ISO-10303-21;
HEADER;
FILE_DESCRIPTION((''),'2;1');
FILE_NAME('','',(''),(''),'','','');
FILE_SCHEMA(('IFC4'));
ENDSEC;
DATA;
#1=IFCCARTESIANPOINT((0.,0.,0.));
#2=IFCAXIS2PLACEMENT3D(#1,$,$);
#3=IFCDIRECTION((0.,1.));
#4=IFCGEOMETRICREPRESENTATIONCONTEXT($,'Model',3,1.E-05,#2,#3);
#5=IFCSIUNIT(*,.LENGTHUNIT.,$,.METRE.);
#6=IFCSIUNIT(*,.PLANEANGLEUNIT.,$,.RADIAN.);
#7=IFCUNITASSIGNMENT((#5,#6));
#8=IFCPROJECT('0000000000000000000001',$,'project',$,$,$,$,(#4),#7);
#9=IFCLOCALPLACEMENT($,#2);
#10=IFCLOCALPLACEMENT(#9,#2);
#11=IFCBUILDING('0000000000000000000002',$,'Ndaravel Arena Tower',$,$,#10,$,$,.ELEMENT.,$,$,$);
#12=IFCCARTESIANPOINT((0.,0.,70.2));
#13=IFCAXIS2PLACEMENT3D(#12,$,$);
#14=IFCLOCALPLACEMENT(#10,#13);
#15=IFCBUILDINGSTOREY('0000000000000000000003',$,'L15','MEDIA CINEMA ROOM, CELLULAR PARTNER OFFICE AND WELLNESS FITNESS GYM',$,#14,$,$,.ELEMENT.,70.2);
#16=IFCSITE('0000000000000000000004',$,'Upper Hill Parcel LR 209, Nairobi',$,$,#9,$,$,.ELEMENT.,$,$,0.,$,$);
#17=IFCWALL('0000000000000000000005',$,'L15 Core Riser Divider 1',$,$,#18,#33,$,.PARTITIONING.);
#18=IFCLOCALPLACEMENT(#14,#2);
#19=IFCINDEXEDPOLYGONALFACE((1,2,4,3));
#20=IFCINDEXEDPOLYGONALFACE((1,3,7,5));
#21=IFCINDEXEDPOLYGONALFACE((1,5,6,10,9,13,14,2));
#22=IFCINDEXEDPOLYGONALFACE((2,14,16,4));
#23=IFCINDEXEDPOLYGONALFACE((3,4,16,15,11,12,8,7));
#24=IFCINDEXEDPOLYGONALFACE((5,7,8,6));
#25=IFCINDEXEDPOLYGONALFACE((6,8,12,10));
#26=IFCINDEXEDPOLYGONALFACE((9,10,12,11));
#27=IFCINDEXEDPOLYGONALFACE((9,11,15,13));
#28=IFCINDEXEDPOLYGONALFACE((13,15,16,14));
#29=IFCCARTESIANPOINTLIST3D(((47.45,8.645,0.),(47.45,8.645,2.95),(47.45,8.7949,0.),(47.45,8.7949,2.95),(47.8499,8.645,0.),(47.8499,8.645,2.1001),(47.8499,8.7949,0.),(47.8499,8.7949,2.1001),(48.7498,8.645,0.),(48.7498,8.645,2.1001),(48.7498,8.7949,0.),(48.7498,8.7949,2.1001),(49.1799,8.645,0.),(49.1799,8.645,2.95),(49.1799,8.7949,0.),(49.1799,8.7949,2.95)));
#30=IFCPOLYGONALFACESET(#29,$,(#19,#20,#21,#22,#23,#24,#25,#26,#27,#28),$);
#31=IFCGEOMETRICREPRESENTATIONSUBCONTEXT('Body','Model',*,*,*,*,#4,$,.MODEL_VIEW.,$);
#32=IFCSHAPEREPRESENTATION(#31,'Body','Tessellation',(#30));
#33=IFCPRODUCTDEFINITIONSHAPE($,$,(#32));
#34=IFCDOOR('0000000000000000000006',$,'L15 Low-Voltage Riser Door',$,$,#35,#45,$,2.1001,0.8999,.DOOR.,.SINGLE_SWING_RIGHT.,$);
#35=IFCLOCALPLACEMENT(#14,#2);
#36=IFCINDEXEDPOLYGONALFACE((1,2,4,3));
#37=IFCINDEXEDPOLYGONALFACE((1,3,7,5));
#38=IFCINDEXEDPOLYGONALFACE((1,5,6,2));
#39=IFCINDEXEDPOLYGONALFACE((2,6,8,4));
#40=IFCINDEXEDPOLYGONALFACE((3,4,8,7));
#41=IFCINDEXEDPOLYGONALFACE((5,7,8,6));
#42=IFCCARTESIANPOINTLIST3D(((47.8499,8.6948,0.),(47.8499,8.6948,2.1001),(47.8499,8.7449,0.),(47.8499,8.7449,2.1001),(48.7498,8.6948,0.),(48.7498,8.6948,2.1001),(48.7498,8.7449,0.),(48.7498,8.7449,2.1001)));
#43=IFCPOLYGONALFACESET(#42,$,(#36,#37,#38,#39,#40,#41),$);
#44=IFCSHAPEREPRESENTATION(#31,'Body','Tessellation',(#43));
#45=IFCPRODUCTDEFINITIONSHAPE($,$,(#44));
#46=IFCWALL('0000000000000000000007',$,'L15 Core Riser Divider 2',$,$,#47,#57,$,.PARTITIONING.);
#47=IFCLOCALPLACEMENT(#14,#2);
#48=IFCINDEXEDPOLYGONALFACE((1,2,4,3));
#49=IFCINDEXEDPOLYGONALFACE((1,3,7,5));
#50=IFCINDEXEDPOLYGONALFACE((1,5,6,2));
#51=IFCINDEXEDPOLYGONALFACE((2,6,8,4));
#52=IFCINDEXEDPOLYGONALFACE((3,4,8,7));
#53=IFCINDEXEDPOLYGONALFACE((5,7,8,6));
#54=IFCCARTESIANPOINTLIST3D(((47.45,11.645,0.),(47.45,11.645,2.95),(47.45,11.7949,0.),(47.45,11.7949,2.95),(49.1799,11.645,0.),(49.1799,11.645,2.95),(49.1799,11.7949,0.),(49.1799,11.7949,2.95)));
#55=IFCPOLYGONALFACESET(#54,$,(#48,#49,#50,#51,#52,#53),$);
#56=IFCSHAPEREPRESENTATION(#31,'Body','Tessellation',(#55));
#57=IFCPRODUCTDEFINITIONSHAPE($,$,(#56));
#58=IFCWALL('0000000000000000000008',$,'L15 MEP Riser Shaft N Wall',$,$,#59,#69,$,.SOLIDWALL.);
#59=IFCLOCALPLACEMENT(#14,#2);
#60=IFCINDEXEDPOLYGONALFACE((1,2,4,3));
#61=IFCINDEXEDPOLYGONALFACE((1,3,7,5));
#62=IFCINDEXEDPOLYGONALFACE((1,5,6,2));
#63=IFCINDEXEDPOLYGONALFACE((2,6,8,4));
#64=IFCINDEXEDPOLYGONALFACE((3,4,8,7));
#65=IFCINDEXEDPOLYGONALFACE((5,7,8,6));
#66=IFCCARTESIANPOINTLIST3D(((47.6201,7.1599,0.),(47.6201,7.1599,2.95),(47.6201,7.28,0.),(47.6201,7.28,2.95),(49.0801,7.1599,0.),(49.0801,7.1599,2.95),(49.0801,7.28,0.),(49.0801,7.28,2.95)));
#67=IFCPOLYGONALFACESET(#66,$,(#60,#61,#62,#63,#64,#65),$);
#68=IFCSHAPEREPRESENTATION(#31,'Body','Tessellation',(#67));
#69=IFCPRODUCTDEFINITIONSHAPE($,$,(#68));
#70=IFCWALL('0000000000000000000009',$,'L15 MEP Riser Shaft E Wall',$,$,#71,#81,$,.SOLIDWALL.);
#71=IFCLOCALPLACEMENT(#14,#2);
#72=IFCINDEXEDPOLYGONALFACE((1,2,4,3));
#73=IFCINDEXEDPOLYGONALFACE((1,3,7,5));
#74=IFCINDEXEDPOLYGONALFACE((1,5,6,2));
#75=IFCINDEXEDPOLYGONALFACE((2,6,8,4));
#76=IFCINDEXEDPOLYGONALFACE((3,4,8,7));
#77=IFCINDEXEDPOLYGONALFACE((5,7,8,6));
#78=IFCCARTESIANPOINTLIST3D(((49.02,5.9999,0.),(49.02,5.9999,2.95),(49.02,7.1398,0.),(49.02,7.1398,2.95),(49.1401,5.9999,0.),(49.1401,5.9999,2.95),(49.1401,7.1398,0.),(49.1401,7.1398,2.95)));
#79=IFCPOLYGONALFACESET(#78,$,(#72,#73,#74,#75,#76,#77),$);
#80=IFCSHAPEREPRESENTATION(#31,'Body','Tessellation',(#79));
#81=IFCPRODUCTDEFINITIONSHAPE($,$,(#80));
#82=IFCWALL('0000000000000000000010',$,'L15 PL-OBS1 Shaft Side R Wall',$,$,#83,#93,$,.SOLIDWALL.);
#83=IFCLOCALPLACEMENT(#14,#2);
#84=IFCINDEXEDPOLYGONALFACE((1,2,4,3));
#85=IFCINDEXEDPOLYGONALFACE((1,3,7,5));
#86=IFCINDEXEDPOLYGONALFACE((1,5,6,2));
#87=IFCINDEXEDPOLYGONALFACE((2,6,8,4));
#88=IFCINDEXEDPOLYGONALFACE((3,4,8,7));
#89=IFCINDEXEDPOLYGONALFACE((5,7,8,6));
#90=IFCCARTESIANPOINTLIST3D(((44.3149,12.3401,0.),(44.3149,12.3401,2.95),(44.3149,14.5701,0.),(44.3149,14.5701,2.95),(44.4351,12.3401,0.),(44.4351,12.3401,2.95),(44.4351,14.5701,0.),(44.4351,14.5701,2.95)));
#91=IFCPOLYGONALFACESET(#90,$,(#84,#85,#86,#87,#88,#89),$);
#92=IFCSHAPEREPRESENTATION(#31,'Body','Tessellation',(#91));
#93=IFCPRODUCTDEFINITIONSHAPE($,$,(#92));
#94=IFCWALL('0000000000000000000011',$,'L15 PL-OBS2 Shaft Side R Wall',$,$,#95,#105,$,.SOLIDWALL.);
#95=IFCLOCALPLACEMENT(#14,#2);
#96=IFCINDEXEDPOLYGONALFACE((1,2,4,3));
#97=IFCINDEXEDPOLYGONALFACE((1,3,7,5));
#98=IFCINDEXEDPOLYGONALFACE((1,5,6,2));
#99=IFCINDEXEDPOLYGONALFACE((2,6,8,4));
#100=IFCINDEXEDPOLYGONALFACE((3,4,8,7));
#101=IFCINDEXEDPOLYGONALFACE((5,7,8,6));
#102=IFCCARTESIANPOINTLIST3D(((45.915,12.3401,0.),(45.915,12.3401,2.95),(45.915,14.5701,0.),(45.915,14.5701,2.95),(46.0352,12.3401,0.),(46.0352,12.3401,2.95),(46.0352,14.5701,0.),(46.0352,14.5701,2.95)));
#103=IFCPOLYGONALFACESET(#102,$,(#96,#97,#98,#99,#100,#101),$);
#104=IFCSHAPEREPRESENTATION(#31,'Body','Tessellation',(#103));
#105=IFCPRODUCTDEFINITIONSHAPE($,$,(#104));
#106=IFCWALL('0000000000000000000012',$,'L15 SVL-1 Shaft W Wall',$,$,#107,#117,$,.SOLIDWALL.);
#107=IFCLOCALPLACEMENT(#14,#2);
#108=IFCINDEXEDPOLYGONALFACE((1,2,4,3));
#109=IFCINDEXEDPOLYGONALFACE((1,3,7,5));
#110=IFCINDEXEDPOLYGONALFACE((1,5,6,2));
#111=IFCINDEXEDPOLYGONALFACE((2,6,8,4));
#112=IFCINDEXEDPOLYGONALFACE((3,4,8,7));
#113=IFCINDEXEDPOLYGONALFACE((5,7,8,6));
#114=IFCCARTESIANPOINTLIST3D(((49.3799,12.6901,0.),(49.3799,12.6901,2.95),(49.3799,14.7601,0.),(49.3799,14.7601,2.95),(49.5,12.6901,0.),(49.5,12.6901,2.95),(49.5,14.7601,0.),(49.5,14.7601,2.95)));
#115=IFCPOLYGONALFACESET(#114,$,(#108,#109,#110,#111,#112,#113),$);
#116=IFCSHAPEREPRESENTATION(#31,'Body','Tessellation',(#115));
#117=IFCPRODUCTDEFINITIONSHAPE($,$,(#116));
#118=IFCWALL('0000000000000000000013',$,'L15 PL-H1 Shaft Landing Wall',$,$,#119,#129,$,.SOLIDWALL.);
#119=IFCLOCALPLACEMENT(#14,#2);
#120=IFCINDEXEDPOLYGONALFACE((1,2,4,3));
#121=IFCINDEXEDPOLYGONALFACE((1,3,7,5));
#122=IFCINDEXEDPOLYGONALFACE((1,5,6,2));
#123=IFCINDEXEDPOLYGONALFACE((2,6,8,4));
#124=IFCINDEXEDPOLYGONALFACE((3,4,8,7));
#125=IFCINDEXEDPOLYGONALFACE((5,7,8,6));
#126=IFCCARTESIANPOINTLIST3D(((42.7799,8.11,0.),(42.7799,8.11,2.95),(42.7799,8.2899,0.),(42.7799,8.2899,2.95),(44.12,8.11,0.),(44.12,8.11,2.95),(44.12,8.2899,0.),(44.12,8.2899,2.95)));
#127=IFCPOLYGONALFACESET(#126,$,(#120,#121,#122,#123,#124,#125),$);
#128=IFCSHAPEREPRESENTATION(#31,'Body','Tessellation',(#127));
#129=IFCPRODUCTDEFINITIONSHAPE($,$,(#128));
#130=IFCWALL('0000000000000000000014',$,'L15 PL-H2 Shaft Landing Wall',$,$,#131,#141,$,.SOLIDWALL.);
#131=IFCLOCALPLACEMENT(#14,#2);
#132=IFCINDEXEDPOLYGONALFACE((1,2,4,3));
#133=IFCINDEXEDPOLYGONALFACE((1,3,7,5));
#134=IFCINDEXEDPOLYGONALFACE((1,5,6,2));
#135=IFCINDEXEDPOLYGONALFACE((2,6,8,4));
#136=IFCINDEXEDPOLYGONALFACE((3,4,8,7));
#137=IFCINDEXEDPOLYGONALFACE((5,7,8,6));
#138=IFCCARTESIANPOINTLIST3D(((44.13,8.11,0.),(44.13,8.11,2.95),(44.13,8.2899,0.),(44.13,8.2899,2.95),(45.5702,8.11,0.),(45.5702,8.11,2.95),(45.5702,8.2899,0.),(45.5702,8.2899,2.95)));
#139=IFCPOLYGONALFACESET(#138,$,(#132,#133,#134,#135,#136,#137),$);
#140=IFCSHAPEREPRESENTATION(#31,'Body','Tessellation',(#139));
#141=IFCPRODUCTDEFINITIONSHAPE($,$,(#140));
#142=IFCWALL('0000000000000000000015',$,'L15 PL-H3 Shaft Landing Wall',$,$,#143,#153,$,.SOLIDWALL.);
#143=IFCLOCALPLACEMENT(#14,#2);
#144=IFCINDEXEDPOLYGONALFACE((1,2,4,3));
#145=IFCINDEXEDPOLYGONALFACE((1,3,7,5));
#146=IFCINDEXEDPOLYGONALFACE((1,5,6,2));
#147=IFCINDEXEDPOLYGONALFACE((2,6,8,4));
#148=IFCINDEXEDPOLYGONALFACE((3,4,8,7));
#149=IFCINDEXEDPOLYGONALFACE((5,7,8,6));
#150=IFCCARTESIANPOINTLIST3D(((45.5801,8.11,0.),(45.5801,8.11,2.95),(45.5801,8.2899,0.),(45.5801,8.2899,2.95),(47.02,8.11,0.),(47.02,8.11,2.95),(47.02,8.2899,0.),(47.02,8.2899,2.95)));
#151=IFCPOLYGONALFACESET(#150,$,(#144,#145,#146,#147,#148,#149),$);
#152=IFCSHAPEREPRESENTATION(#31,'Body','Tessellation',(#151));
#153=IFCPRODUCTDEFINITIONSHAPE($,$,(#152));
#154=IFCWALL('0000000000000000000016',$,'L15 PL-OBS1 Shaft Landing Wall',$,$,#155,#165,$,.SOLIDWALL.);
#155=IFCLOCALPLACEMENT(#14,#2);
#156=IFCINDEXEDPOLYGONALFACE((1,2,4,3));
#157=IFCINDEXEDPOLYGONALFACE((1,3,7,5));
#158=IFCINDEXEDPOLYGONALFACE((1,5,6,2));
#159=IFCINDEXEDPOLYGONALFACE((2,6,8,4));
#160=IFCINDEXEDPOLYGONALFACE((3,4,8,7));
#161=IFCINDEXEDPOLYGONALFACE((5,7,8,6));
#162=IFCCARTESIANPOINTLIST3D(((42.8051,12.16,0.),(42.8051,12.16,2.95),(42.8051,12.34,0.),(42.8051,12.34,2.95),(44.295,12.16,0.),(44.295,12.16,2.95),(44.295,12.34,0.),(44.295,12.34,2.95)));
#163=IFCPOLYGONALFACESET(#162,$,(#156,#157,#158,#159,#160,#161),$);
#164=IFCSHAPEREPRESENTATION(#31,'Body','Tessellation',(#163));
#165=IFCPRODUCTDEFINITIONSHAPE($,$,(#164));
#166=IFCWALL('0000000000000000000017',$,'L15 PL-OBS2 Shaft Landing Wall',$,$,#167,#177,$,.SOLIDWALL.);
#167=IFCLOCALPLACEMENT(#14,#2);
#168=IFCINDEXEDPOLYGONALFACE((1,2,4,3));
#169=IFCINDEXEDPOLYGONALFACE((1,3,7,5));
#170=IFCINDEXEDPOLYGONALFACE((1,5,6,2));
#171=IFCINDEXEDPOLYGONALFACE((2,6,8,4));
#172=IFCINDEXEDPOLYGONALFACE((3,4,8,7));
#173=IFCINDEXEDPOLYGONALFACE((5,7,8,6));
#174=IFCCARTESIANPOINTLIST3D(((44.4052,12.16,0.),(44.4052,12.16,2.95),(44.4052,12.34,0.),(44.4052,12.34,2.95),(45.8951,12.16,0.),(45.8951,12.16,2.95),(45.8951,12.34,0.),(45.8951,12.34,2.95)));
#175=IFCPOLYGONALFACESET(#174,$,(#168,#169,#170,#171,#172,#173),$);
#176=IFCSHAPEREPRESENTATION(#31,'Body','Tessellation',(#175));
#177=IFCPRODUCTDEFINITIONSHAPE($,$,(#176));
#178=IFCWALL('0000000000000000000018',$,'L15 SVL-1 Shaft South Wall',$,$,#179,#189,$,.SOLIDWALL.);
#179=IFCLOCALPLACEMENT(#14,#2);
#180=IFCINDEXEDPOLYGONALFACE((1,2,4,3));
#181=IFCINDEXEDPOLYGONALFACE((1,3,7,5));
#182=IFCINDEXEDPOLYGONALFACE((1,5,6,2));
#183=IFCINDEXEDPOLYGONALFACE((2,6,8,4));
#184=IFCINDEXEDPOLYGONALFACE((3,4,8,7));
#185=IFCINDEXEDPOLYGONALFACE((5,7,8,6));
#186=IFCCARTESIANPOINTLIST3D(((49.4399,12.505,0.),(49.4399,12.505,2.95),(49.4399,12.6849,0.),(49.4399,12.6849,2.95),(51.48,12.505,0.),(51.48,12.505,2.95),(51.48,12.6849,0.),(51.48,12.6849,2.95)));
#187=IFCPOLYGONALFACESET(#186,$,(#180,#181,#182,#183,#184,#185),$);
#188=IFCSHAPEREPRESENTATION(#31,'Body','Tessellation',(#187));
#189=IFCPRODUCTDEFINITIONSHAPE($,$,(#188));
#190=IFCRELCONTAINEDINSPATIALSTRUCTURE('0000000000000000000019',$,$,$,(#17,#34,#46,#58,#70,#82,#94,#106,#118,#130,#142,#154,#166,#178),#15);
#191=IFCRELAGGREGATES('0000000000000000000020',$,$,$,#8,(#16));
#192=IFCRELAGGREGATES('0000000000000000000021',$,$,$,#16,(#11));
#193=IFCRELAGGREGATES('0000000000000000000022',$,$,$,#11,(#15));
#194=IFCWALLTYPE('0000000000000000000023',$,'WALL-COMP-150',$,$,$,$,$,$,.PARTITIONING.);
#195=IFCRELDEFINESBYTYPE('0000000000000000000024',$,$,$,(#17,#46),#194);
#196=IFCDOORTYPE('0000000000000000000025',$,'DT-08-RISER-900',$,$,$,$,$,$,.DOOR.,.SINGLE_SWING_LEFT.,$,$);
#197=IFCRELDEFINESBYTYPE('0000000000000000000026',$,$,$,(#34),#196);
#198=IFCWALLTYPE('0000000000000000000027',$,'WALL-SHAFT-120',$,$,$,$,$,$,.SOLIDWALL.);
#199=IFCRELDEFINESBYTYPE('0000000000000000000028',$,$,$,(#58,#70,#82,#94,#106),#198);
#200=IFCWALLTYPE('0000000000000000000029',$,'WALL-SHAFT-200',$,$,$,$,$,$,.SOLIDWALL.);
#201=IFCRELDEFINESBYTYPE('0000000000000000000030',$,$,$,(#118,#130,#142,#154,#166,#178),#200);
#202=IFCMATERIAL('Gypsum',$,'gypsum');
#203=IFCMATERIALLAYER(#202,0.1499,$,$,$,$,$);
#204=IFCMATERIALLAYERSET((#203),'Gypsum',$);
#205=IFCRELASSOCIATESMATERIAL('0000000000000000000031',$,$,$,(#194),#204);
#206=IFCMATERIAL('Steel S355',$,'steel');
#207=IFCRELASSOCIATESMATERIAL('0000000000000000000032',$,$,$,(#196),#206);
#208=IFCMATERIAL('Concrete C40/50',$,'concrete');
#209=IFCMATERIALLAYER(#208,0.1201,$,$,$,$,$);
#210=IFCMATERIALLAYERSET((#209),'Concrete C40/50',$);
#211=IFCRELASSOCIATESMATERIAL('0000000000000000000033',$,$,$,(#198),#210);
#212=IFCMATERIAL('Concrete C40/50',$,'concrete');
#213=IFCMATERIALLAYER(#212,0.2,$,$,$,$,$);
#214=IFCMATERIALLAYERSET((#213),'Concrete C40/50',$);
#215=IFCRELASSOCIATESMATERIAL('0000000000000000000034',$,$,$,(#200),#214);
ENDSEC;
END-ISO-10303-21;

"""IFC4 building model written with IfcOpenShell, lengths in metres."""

from ifc_helpers import new_model, si_unit, direction, frame, frame_2d, origin, place, context, subcontext, project, spatial, rectangle, extrude, material, layer, layer_set, type_object, element, fill, save


model = new_model("IFC4")

# Units and contexts
model_context = context("Model", 3, precision=1e-05, world=origin(), true_north=direction((0.0, 1.0)))
body_context = subcontext(model_context, "Body", "Model", "MODEL_VIEW")
ifc_project = project(units=[si_unit("LENGTHUNIT", "METRE"), si_unit("PLANEANGLEUNIT", "RADIAN")], contexts=[model_context])

# Site, building, storey
site_placement = place(None, origin())
site = spatial("IfcSite", under=ifc_project, at=site_placement, Name="Upper Hill Parcel LR 209, Nairobi", CompositionType="ELEMENT", RefElevation=0.0)
building_placement = place(site_placement, origin())
building = spatial("IfcBuilding", under=site, at=building_placement, Name="Ndaravel Arena Tower", CompositionType="ELEMENT")
storey_placement = place(building_placement, frame((0.0, 0.0, 70.2)))
storey = spatial("IfcBuildingStorey", under=building, at=storey_placement, Name="L15", Description="MEDIA CINEMA ROOM, CELLULAR PARTNER OFFICE AND WELLNESS FITNESS GYM", CompositionType="ELEMENT", Elevation=70.2)

# Wall, opening, door
ifc_material_1 = material(Name="Gypsum", Category="gypsum")
ifc_layer_1 = layer(ifc_material_1, 0.1499)
ifc_layer_set_1 = layer_set([ifc_layer_1], Name="Gypsum")
wall_type_1 = type_object("IfcWallType", Name="WALL-COMP-150", PredefinedType="PARTITIONING", material=ifc_layer_set_1)
wall_1_placement = place(storey_placement, frame((47.45, 8.72, 0.0), z_axis=(0.0, 0.0, 1.0), x_axis=(1.0, 0.0, 0.0)))
wall_1 = element("IfcWall", 1, at=wall_1_placement, inside=storey, type_object=wall_type_1, Name="L15 Core Riser Divider 1", PredefinedType="PARTITIONING", context=body_context, shape_type="SweptSolid", body=[
    extrude(rectangle(XDim=1.73, YDim=0.1499, at=frame_2d((0.865, 0.0))), origin(), (0.0, 0.0, 1.0), 2.95),
])
opening_1_placement = place(wall_1_placement, frame((0.3999, 0.0, 0.0)))
opening_1 = element("IfcOpeningElement", 2, at=opening_1_placement, cuts=wall_1, PredefinedType="OPENING", context=body_context, shape_type="SweptSolid", body=[
    extrude(rectangle(XDim=0.8999, YDim=2.1001, at=frame_2d((0.45, 1.05))), frame((0.0, 0.075, 0.0), z_axis=(0.0, -1.0, 0.0), x_axis=(1.0, 0.0, 0.0)), (0.0, 0.0, 1.0), 0.1499),
])
ifc_material_2 = material(Name="Steel S355", Category="steel")
door_type_1 = type_object("IfcDoorType", Name="DT-08-RISER-900", OperationType="SINGLE_SWING_LEFT", PredefinedType="DOOR", material=ifc_material_2)
door_1_placement = place(opening_1_placement, origin())
door_1 = element("IfcDoor", 3, at=door_1_placement, inside=storey, type_object=door_type_1, Name="L15 Low-Voltage Riser Door", OperationType="SINGLE_SWING_RIGHT", OverallHeight=2.1001, OverallWidth=0.8999, PredefinedType="DOOR", context=body_context, shape_type="SweptSolid", body=[
    extrude(rectangle(XDim=0.8999, YDim=2.1001, at=frame_2d((0.45, 1.05))), frame((0.0, 0.0249, 0.0), z_axis=(0.0, -1.0, 0.0), x_axis=(1.0, 0.0, 0.0)), (0.0, 0.0, 1.0), 0.05),
])
fill(opening_1, door_1)

# Walls
wall_2_placement = place(storey_placement, frame((47.45, 11.72, 0.0), z_axis=(0.0, 0.0, 1.0), x_axis=(1.0, 0.0, 0.0)))
element("IfcWall", 4, at=wall_2_placement, inside=storey, type_object=wall_type_1, Name="L15 Core Riser Divider 2", PredefinedType="PARTITIONING", context=body_context, shape_type="SweptSolid", body=[
    extrude(rectangle(XDim=1.73, YDim=0.1499, at=frame_2d((0.865, 0.0))), origin(), (0.0, 0.0, 1.0), 2.95),
])
ifc_material_3 = material(Name="Concrete C40/50", Category="concrete")
ifc_layer_2 = layer(ifc_material_3, 0.1201)
ifc_layer_set_2 = layer_set([ifc_layer_2], Name="Concrete C40/50")
wall_type_2 = type_object("IfcWallType", Name="WALL-SHAFT-120", PredefinedType="SOLIDWALL", material=ifc_layer_set_2)
wall_3_placement = place(storey_placement, frame((47.6201, 7.22, 0.0), z_axis=(0.0, 0.0, 1.0), x_axis=(1.0, 0.0, 0.0)))
element("IfcWall", 5, at=wall_3_placement, inside=storey, type_object=wall_type_2, Name="L15 MEP Riser Shaft N Wall", PredefinedType="SOLIDWALL", context=body_context, shape_type="SweptSolid", body=[
    extrude(rectangle(XDim=1.46, YDim=0.1201, at=frame_2d((0.73, 0.0))), origin(), (0.0, 0.0, 1.0), 2.95),
])
wall_4_placement = place(storey_placement, frame((49.0801, 6.0, 0.0), z_axis=(0.0, 0.0, 1.0), x_axis=(0.0, 1.0, 0.0)))
element("IfcWall", 6, at=wall_4_placement, inside=storey, type_object=wall_type_2, Name="L15 MEP Riser Shaft E Wall", PredefinedType="SOLIDWALL", context=body_context, shape_type="SweptSolid", body=[
    extrude(rectangle(XDim=1.1399, YDim=0.1201, at=frame_2d((0.5698, 0.0))), origin(), (0.0, 0.0, 1.0), 2.95),
])
for number, where, z_axis, x_axis, name in (
    (7, (44.375, 12.3401, 0.0), (0.0, 0.0, 1.0), (0.0, 1.0, 0.0), "L15 PL-OBS1 Shaft Side R Wall"),
    (8, (45.9751, 12.3401, 0.0), (0.0, 0.0, 1.0), (0.0, 1.0, 0.0), "L15 PL-OBS2 Shaft Side R Wall"),
):
    element("IfcWall", number, at=place(storey_placement, frame(where, z_axis=z_axis, x_axis=x_axis)), inside=storey, type_object=wall_type_2, Name=name, PredefinedType="SOLIDWALL", context=body_context, shape_type="SweptSolid", body=[
        extrude(rectangle(XDim=2.23, YDim=0.1201, at=frame_2d((1.115, 0.0))), origin(), (0.0, 0.0, 1.0), 2.95),
    ])
wall_5_placement = place(storey_placement, frame((49.4399, 12.6899, 0.0), z_axis=(0.0, 0.0, 1.0), x_axis=(0.0, 1.0, 0.0)))
element("IfcWall", 9, at=wall_5_placement, inside=storey, type_object=wall_type_2, Name="L15 SVL-1 Shaft W Wall", PredefinedType="SOLIDWALL", context=body_context, shape_type="SweptSolid", body=[
    extrude(rectangle(XDim=2.0701, YDim=0.1201, at=frame_2d((1.0352, 0.0))), origin(), (0.0, 0.0, 1.0), 2.95),
])
ifc_material_4 = material(Name="Concrete C40/50", Category="concrete")
ifc_layer_3 = layer(ifc_material_4, 0.2)
ifc_layer_set_3 = layer_set([ifc_layer_3], Name="Concrete C40/50")
wall_type_3 = type_object("IfcWallType", Name="WALL-SHAFT-200", PredefinedType="SOLIDWALL", material=ifc_layer_set_3)
wall_6_placement = place(storey_placement, frame((42.78, 8.2, 0.0), z_axis=(0.0, 0.0, 1.0), x_axis=(1.0, 0.0, 0.0)))
element("IfcWall", 10, at=wall_6_placement, inside=storey, type_object=wall_type_3, Name="L15 PL-H1 Shaft Landing Wall", PredefinedType="SOLIDWALL", context=body_context, shape_type="SweptSolid", body=[
    extrude(rectangle(XDim=1.3401, YDim=0.1799, at=frame_2d((0.6699, 0.0))), origin(), (0.0, 0.0, 1.0), 2.95),
])
wall_7_placement = place(storey_placement, frame((44.1299, 8.2, 0.0), z_axis=(0.0, 0.0, 1.0), x_axis=(1.0, 0.0, 0.0)))
element("IfcWall", 11, at=wall_7_placement, inside=storey, type_object=wall_type_3, Name="L15 PL-H2 Shaft Landing Wall", PredefinedType="SOLIDWALL", context=body_context, shape_type="SweptSolid", body=[
    extrude(rectangle(XDim=1.4402, YDim=0.1799, at=frame_2d((0.7202, 0.0))), origin(), (0.0, 0.0, 1.0), 2.95),
])
wall_8_placement = place(storey_placement, frame((45.5801, 8.2, 0.0), z_axis=(0.0, 0.0, 1.0), x_axis=(1.0, 0.0, 0.0)))
element("IfcWall", 12, at=wall_8_placement, inside=storey, type_object=wall_type_3, Name="L15 PL-H3 Shaft Landing Wall", PredefinedType="SOLIDWALL", context=body_context, shape_type="SweptSolid", body=[
    extrude(rectangle(XDim=1.4399, YDim=0.1799, at=frame_2d((0.72, 0.0))), origin(), (0.0, 0.0, 1.0), 2.95),
])
for number, where, z_axis, x_axis, name in (
    (13, (42.8049, 12.25, 0.0), (0.0, 0.0, 1.0), (1.0, 0.0, 0.0), "L15 PL-OBS1 Shaft Landing Wall"),
    (14, (44.405, 12.25, 0.0), (0.0, 0.0, 1.0), (1.0, 0.0, 0.0), "L15 PL-OBS2 Shaft Landing Wall"),
):
    element("IfcWall", number, at=place(storey_placement, frame(where, z_axis=z_axis, x_axis=x_axis)), inside=storey, type_object=wall_type_3, Name=name, PredefinedType="SOLIDWALL", context=body_context, shape_type="SweptSolid", body=[
        extrude(rectangle(XDim=1.49, YDim=0.1799, at=frame_2d((0.7451, 0.0))), origin(), (0.0, 0.0, 1.0), 2.95),
    ])

# Wall
wall_9_placement = place(storey_placement, frame((49.4399, 12.595, 0.0), z_axis=(0.0, 0.0, 1.0), x_axis=(1.0, 0.0, 0.0)))
element("IfcWall", 15, at=wall_9_placement, inside=storey, type_object=wall_type_3, Name="L15 SVL-1 Shaft South Wall", PredefinedType="SOLIDWALL", context=body_context, shape_type="SweptSolid", body=[
    extrude(rectangle(XDim=2.04, YDim=0.1799, at=frame_2d((1.02, 0.0))), origin(), (0.0, 0.0, 1.0), 2.95),
])

save(model, "model.ifc")
